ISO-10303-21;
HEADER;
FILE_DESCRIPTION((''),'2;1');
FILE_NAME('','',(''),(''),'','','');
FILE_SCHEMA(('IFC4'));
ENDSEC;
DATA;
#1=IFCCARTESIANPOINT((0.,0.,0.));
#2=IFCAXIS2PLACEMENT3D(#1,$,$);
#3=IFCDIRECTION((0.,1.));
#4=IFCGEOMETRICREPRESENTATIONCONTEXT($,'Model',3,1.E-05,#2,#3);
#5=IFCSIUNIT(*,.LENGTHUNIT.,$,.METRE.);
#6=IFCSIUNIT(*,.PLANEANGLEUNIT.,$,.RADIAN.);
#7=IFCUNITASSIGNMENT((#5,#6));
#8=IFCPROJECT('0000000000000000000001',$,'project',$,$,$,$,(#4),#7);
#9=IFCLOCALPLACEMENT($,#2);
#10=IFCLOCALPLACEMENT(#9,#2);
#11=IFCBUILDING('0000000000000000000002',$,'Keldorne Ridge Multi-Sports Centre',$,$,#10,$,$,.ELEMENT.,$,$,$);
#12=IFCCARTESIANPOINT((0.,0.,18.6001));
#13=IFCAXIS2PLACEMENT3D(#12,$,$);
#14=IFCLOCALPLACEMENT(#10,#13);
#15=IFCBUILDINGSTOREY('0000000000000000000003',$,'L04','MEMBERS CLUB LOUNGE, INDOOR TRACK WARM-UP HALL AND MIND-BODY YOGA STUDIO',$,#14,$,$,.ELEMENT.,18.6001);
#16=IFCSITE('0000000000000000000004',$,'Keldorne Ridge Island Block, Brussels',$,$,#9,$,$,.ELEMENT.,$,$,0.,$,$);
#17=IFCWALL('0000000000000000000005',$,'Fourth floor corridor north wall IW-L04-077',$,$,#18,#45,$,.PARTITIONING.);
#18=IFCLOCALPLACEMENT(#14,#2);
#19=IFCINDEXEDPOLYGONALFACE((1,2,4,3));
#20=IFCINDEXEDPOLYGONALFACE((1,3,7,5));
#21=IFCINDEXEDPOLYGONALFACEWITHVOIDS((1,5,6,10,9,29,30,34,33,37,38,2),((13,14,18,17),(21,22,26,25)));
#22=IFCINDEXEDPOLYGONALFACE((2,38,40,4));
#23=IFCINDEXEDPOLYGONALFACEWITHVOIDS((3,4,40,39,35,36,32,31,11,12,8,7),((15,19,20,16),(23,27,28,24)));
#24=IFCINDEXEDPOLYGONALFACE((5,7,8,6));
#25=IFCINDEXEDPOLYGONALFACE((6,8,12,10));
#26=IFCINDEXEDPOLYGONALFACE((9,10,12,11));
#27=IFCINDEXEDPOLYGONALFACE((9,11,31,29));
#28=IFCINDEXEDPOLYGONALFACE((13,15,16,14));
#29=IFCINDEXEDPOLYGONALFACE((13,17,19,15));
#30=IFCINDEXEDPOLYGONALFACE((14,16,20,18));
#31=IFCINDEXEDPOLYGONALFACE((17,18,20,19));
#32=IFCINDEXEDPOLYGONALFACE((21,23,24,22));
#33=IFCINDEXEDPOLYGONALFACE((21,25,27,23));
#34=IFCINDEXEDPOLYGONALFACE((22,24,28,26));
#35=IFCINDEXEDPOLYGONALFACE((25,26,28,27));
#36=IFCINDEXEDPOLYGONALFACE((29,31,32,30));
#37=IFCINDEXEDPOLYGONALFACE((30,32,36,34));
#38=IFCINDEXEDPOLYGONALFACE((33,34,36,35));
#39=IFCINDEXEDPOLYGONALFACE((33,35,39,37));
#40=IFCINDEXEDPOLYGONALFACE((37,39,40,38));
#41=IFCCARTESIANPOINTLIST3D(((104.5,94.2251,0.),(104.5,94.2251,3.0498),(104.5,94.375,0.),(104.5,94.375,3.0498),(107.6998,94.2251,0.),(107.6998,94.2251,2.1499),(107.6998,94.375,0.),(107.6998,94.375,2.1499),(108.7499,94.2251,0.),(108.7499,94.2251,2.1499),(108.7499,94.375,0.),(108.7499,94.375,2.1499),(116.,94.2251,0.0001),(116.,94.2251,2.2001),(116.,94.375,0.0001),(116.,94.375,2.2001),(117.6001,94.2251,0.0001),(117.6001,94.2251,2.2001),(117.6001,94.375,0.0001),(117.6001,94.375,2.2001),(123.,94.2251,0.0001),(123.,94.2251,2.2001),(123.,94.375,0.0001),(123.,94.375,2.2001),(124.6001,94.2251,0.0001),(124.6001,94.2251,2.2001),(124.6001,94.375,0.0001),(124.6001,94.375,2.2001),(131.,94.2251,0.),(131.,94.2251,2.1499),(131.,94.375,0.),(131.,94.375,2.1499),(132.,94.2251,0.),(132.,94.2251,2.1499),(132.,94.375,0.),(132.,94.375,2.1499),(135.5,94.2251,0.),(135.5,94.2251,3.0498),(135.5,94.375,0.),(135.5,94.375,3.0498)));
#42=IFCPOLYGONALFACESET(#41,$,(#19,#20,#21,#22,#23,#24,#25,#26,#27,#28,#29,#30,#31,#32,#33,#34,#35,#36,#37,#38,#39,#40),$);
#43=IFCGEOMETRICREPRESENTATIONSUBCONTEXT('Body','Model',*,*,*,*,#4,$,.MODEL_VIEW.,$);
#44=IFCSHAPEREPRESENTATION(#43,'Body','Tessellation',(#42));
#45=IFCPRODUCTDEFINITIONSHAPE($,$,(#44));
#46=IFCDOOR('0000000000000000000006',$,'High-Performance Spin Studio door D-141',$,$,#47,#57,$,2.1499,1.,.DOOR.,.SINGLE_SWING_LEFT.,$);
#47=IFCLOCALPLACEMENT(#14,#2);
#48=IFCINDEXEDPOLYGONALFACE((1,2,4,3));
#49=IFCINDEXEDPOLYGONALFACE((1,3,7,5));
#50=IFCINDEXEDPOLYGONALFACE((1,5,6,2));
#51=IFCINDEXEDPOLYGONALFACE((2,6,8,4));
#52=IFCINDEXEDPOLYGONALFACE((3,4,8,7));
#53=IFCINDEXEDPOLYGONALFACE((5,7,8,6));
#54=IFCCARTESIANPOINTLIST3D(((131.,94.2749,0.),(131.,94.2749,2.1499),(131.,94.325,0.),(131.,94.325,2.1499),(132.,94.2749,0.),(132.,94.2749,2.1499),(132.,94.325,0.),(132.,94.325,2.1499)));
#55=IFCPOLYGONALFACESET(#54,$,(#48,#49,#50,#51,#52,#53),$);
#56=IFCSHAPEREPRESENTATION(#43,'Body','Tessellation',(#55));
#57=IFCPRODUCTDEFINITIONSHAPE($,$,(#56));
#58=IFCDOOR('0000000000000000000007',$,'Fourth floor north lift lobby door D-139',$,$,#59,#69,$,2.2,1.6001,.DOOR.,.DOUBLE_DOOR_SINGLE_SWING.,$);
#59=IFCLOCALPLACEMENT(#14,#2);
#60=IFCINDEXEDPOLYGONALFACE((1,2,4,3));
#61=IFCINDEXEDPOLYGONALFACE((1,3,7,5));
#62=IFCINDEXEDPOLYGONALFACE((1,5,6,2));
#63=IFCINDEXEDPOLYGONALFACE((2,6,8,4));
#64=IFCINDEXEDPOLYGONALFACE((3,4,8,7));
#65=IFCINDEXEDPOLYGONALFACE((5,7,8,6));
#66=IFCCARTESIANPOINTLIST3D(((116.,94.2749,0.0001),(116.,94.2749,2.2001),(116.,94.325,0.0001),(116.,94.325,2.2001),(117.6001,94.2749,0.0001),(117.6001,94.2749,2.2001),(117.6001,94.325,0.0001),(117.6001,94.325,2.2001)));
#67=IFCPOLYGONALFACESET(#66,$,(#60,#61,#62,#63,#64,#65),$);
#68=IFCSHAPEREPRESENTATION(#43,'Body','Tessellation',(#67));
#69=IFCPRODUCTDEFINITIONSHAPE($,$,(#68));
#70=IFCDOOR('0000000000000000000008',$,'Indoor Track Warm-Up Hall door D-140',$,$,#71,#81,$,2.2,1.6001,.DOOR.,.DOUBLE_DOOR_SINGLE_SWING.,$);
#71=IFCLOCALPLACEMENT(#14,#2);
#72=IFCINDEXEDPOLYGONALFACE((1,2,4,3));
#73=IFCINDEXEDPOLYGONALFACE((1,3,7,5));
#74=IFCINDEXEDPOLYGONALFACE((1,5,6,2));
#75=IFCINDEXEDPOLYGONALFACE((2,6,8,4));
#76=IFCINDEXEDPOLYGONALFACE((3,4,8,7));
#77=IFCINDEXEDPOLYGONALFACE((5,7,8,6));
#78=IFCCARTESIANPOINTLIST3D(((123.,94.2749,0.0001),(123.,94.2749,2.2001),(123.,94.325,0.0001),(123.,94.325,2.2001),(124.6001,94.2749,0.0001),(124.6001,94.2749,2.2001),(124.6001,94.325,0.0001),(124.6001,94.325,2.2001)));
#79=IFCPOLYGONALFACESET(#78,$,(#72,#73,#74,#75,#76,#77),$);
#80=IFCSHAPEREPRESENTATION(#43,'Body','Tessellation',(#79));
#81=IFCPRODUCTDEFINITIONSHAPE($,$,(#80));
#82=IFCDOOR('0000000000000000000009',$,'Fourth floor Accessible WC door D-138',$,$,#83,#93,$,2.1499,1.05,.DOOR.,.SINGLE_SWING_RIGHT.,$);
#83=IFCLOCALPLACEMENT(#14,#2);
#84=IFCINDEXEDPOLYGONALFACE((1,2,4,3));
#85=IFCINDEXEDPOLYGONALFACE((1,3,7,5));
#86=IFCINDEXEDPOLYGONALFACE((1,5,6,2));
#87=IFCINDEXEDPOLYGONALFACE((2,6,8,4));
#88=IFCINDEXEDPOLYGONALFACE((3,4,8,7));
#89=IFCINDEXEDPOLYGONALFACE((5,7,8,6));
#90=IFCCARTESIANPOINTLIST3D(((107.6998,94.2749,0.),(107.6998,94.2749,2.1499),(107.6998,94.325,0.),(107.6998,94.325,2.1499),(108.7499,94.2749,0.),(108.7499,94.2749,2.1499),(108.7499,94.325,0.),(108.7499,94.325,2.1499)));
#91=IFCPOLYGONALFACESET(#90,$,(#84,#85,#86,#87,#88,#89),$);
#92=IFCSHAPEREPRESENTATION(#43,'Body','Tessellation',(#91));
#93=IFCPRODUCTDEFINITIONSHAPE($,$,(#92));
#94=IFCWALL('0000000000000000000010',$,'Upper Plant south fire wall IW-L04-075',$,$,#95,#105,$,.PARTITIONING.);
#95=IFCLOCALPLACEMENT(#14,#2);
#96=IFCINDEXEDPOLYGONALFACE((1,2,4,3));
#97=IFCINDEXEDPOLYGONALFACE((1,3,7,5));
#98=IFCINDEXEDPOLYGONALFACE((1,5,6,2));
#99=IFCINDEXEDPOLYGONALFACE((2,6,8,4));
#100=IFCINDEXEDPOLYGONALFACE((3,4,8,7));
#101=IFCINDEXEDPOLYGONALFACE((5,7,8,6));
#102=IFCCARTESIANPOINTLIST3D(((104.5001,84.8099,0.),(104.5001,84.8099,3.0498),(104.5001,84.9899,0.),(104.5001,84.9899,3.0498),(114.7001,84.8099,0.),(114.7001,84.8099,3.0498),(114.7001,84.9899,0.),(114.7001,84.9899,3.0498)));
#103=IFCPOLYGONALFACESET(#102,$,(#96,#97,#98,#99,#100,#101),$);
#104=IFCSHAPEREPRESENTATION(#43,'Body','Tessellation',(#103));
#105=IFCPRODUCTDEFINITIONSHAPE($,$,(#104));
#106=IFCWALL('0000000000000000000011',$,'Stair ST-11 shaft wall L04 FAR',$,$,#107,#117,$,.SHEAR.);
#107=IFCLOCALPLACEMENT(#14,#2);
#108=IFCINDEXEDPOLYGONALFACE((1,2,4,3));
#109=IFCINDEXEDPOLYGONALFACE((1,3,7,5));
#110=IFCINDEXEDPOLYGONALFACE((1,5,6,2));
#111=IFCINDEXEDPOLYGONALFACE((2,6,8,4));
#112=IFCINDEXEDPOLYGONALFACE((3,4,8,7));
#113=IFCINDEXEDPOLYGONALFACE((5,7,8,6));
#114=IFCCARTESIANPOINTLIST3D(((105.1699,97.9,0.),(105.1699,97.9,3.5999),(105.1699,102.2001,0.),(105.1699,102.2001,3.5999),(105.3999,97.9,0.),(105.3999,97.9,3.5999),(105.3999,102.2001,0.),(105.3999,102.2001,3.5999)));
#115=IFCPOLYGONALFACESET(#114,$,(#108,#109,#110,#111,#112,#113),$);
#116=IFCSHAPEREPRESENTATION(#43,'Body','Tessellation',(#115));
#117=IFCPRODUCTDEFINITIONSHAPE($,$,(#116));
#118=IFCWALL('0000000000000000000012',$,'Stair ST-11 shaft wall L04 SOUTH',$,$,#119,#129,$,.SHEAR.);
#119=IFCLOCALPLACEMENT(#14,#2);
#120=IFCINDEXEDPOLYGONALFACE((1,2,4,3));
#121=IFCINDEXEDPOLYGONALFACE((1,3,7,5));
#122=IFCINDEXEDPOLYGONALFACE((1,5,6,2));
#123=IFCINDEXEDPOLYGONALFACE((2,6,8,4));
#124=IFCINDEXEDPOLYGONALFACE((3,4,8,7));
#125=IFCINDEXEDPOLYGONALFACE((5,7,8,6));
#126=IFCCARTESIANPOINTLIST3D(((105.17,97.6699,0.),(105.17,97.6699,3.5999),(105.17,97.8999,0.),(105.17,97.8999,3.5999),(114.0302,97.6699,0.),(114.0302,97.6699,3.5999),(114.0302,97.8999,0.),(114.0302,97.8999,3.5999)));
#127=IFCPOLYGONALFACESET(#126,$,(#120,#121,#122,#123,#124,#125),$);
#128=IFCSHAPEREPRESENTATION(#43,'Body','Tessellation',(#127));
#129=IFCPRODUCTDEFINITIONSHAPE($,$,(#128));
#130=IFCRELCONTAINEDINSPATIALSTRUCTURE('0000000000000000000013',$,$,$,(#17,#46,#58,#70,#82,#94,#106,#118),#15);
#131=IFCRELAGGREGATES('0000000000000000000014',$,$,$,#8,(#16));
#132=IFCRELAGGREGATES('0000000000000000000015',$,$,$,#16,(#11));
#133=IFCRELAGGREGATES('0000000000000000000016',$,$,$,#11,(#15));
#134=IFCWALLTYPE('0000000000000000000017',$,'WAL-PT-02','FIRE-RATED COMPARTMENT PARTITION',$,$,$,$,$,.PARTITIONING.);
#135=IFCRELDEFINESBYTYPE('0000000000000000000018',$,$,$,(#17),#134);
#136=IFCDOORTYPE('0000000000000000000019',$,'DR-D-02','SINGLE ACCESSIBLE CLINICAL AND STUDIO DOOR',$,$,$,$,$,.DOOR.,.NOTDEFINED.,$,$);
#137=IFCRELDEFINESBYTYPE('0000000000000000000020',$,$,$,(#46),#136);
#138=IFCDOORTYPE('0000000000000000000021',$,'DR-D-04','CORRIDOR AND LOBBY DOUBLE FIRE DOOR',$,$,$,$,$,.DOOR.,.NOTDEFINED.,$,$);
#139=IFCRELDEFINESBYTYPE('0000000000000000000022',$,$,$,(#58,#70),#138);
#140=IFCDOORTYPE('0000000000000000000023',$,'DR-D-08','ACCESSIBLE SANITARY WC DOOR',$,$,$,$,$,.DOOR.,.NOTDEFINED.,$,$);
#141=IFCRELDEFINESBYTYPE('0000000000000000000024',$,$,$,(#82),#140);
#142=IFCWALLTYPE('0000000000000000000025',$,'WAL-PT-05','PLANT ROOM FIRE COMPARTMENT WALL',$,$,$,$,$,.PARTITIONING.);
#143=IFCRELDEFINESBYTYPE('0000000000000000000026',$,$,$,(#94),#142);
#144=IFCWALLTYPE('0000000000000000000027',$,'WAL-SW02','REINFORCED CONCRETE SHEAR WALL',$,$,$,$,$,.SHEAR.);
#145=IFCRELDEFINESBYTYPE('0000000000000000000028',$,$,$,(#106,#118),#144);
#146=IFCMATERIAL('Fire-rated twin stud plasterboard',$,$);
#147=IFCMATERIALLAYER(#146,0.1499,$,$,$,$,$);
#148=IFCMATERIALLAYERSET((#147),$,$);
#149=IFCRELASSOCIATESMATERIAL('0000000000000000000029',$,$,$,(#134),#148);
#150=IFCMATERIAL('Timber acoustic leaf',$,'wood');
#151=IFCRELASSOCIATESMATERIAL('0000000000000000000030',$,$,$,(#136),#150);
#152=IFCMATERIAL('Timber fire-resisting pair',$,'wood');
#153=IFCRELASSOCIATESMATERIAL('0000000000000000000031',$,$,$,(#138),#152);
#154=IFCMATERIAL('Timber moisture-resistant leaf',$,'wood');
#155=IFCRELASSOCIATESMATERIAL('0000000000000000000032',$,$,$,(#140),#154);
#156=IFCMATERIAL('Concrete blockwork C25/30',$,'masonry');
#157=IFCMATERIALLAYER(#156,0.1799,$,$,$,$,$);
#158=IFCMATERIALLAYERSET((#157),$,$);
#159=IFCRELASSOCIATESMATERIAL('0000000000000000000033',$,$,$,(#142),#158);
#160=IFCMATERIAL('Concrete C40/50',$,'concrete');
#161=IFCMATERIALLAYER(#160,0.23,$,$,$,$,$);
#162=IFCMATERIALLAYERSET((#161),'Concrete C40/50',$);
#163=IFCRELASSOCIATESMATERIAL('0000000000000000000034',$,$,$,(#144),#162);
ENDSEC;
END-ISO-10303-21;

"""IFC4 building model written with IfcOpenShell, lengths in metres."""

from ifc_helpers import new_model, si_unit, direction, frame, frame_2d, origin, place, context, subcontext, project, spatial, rectangle, extrude, material, layer, layer_set, type_object, element, fill, save


model = new_model("IFC4")

# Units and contexts
model_context = context("Model", 3, precision=1e-05, world=origin(), true_north=direction((0.0, 1.0)))
body_context = subcontext(model_context, "Body", "Model", "MODEL_VIEW")
ifc_project = project(units=[si_unit("LENGTHUNIT", "METRE"), si_unit("PLANEANGLEUNIT", "RADIAN")], contexts=[model_context])

# Site, building, storey
site_placement = place(None, origin())
site = spatial("IfcSite", under=ifc_project, at=site_placement, Name="Keldorne Ridge Island Block, Brussels", CompositionType="ELEMENT", RefElevation=0.0)
building_placement = place(site_placement, origin())
building = spatial("IfcBuilding", under=site, at=building_placement, Name="Keldorne Ridge Multi-Sports Centre", CompositionType="ELEMENT")
storey_placement = place(building_placement, frame((0.0, 0.0, 18.6001)))
storey = spatial("IfcBuildingStorey", under=building, at=storey_placement, Name="L04", Description="MEMBERS CLUB LOUNGE, INDOOR TRACK WARM-UP HALL AND MIND-BODY YOGA STUDIO", CompositionType="ELEMENT", Elevation=18.6001)

# Wall, openings, doors
ifc_material_1 = material(Name="Fire-rated twin stud plasterboard")
ifc_layer_1 = layer(ifc_material_1, 0.1499)
ifc_layer_set_1 = layer_set([ifc_layer_1])
wall_type_1 = type_object("IfcWallType", Name="WAL-PT-02", Description="FIRE-RATED COMPARTMENT PARTITION", PredefinedType="PARTITIONING", material=ifc_layer_set_1)
ifc_material_2 = material(Name="Timber acoustic leaf", Category="wood")
door_type_1 = type_object("IfcDoorType", Name="DR-D-02", Description="SINGLE ACCESSIBLE CLINICAL AND STUDIO DOOR", OperationType="NOTDEFINED", PredefinedType="DOOR", material=ifc_material_2)
wall_1_placement = place(storey_placement, frame((104.5, 94.3, 0.0), z_axis=(0.0, 0.0, 1.0), x_axis=(1.0, 0.0, 0.0)))
wall_1 = element("IfcWall", 1, at=wall_1_placement, inside=storey, type_object=wall_type_1, Name="Fourth floor corridor north wall IW-L04-077", PredefinedType="PARTITIONING", context=body_context, shape_type="SweptSolid", body=[
    extrude(rectangle(XDim=31.0, YDim=0.1499, at=frame_2d((15.5, 0.0))), origin(), (0.0, 0.0, 1.0), 3.0498),
])
opening_1_placement = place(wall_1_placement, frame((3.2, 0.0, 0.0)))
opening_1 = element("IfcOpeningElement", 2, at=opening_1_placement, cuts=wall_1, PredefinedType="OPENING", context=body_context, shape_type="SweptSolid", body=[
    extrude(rectangle(XDim=1.05, YDim=2.1499, at=frame_2d((0.5249, 1.075))), frame((0.0, 0.085, 0.0), z_axis=(0.0, -1.0, 0.0), x_axis=(1.0, 0.0, 0.0)), (0.0, 0.0, 1.0), 0.1699),
])
opening_2_placement = place(wall_1_placement, frame((11.5, 0.0, 0.0)))
opening_2 = element("IfcOpeningElement", 3, at=opening_2_placement, cuts=wall_1, PredefinedType="OPENING", context=body_context, shape_type="SweptSolid", body=[
    extrude(rectangle(XDim=1.6001, YDim=2.2, at=frame_2d((0.8, 1.1001))), frame((0.0, 0.085, 0.0), z_axis=(0.0, -1.0, 0.0), x_axis=(1.0, 0.0, 0.0)), (0.0, 0.0, 1.0), 0.1699),
])
opening_3_placement = place(wall_1_placement, frame((18.5, 0.0, 0.0)))
opening_3 = element("IfcOpeningElement", 4, at=opening_3_placement, cuts=wall_1, PredefinedType="OPENING", context=body_context, shape_type="SweptSolid", body=[
    extrude(rectangle(XDim=1.6001, YDim=2.2, at=frame_2d((0.8, 1.1001))), frame((0.0, 0.085, 0.0), z_axis=(0.0, -1.0, 0.0), x_axis=(1.0, 0.0, 0.0)), (0.0, 0.0, 1.0), 0.1699),
])
opening_4_placement = place(wall_1_placement, frame((26.5, 0.0, 0.0)))
opening_4 = element("IfcOpeningElement", 5, at=opening_4_placement, cuts=wall_1, PredefinedType="OPENING", context=body_context, shape_type="SweptSolid", body=[
    extrude(rectangle(XDim=1.0, YDim=2.1499, at=frame_2d((0.5, 1.075))), frame((0.0, 0.085, 0.0), z_axis=(0.0, -1.0, 0.0), x_axis=(1.0, 0.0, 0.0)), (0.0, 0.0, 1.0), 0.1699),
])
door_1_placement = place(opening_4_placement, origin())
door_1 = element("IfcDoor", 6, at=door_1_placement, inside=storey, type_object=door_type_1, Name="High-Performance Spin Studio door D-141", OperationType="SINGLE_SWING_LEFT", OverallHeight=2.1499, OverallWidth=1.0, PredefinedType="DOOR", context=body_context, shape_type="SweptSolid", body=[
    extrude(rectangle(XDim=1.0, YDim=2.1499, at=frame_2d((0.5, 1.075))), frame((0.0, 0.0249, 0.0), z_axis=(0.0, -1.0, 0.0), x_axis=(1.0, 0.0, 0.0)), (0.0, 0.0, 1.0), 0.05),
])
fill(opening_4, door_1)
ifc_material_3 = material(Name="Timber fire-resisting pair", Category="wood")
door_type_2 = type_object("IfcDoorType", Name="DR-D-04", Description="CORRIDOR AND LOBBY DOUBLE FIRE DOOR", OperationType="NOTDEFINED", PredefinedType="DOOR", material=ifc_material_3)
door_2_placement = place(opening_2_placement, origin())
door_2 = element("IfcDoor", 7, at=door_2_placement, inside=storey, type_object=door_type_2, Name="Fourth floor north lift lobby door D-139", OperationType="DOUBLE_DOOR_SINGLE_SWING", OverallHeight=2.2, OverallWidth=1.6001, PredefinedType="DOOR", context=body_context, shape_type="SweptSolid", body=[
    extrude(rectangle(XDim=1.6001, YDim=2.2, at=frame_2d((0.8, 1.1001))), frame((0.0, 0.0249, 0.0), z_axis=(0.0, -1.0, 0.0), x_axis=(1.0, 0.0, 0.0)), (0.0, 0.0, 1.0), 0.05),
])
fill(opening_2, door_2)
door_3_placement = place(opening_3_placement, origin())
door_3 = element("IfcDoor", 8, at=door_3_placement, inside=storey, type_object=door_type_2, Name="Indoor Track Warm-Up Hall door D-140", OperationType="DOUBLE_DOOR_SINGLE_SWING", OverallHeight=2.2, OverallWidth=1.6001, PredefinedType="DOOR", context=body_context, shape_type="SweptSolid", body=[
    extrude(rectangle(XDim=1.6001, YDim=2.2, at=frame_2d((0.8, 1.1001))), frame((0.0, 0.0249, 0.0), z_axis=(0.0, -1.0, 0.0), x_axis=(1.0, 0.0, 0.0)), (0.0, 0.0, 1.0), 0.05),
])
fill(opening_3, door_3)
ifc_material_4 = material(Name="Timber moisture-resistant leaf", Category="wood")
door_type_3 = type_object("IfcDoorType", Name="DR-D-08", Description="ACCESSIBLE SANITARY WC DOOR", OperationType="NOTDEFINED", PredefinedType="DOOR", material=ifc_material_4)
door_4_placement = place(opening_1_placement, origin())
door_4 = element("IfcDoor", 9, at=door_4_placement, inside=storey, type_object=door_type_3, Name="Fourth floor Accessible WC door D-138", OperationType="SINGLE_SWING_RIGHT", OverallHeight=2.1499, OverallWidth=1.05, PredefinedType="DOOR", context=body_context, shape_type="SweptSolid", body=[
    extrude(rectangle(XDim=1.05, YDim=2.1499, at=frame_2d((0.5249, 1.075))), frame((0.0, 0.0249, 0.0), z_axis=(0.0, -1.0, 0.0), x_axis=(1.0, 0.0, 0.0)), (0.0, 0.0, 1.0), 0.05),
])
fill(opening_1, door_4)

# Walls
ifc_material_5 = material(Name="Concrete blockwork C25/30", Category="masonry")
ifc_layer_2 = layer(ifc_material_5, 0.1799)
ifc_layer_set_2 = layer_set([ifc_layer_2])
wall_type_2 = type_object("IfcWallType", Name="WAL-PT-05", Description="PLANT ROOM FIRE COMPARTMENT WALL", PredefinedType="PARTITIONING", material=ifc_layer_set_2)
wall_2_placement = place(storey_placement, frame((104.5, 84.8999, 0.0), z_axis=(0.0, 0.0, 1.0), x_axis=(1.0, 0.0, 0.0)))
element("IfcWall", 10, at=wall_2_placement, inside=storey, type_object=wall_type_2, Name="Upper Plant south fire wall IW-L04-075", PredefinedType="PARTITIONING", context=body_context, shape_type="SweptSolid", body=[
    extrude(rectangle(XDim=10.2, YDim=0.1799, at=frame_2d((5.1001, 0.0))), origin(), (0.0, 0.0, 1.0), 3.0498),
])
ifc_material_6 = material(Name="Concrete C40/50", Category="concrete")
ifc_layer_3 = layer(ifc_material_6, 0.23)
ifc_layer_set_3 = layer_set([ifc_layer_3], Name="Concrete C40/50")
wall_type_3 = type_object("IfcWallType", Name="WAL-SW02", Description="REINFORCED CONCRETE SHEAR WALL", PredefinedType="SHEAR", material=ifc_layer_set_3)
wall_3_placement = place(storey_placement, frame((105.2849, 102.2, 0.0), z_axis=(0.0, 0.0, 1.0), x_axis=(0.0, -1.0, 0.0)))
element("IfcWall", 11, at=wall_3_placement, inside=storey, type_object=wall_type_3, Name="Stair ST-11 shaft wall L04 FAR", PredefinedType="SHEAR", context=body_context, shape_type="SweptSolid", body=[
    extrude(rectangle(XDim=4.3, YDim=0.23, at=frame_2d((2.1499, 0.0))), origin(), (0.0, 0.0, 1.0), 3.5999),
])
wall_4_placement = place(storey_placement, frame((105.1699, 97.7849, 0.0), z_axis=(0.0, 0.0, 1.0), x_axis=(1.0, 0.0, 0.0)))
element("IfcWall", 12, at=wall_4_placement, inside=storey, type_object=wall_type_3, Name="Stair ST-11 shaft wall L04 SOUTH", PredefinedType="SHEAR", context=body_context, shape_type="SweptSolid", body=[
    extrude(rectangle(XDim=8.8601, YDim=0.23, at=frame_2d((4.4302, 0.0))), origin(), (0.0, 0.0, 1.0), 3.5999),
])

save(model, "model.ifc")
